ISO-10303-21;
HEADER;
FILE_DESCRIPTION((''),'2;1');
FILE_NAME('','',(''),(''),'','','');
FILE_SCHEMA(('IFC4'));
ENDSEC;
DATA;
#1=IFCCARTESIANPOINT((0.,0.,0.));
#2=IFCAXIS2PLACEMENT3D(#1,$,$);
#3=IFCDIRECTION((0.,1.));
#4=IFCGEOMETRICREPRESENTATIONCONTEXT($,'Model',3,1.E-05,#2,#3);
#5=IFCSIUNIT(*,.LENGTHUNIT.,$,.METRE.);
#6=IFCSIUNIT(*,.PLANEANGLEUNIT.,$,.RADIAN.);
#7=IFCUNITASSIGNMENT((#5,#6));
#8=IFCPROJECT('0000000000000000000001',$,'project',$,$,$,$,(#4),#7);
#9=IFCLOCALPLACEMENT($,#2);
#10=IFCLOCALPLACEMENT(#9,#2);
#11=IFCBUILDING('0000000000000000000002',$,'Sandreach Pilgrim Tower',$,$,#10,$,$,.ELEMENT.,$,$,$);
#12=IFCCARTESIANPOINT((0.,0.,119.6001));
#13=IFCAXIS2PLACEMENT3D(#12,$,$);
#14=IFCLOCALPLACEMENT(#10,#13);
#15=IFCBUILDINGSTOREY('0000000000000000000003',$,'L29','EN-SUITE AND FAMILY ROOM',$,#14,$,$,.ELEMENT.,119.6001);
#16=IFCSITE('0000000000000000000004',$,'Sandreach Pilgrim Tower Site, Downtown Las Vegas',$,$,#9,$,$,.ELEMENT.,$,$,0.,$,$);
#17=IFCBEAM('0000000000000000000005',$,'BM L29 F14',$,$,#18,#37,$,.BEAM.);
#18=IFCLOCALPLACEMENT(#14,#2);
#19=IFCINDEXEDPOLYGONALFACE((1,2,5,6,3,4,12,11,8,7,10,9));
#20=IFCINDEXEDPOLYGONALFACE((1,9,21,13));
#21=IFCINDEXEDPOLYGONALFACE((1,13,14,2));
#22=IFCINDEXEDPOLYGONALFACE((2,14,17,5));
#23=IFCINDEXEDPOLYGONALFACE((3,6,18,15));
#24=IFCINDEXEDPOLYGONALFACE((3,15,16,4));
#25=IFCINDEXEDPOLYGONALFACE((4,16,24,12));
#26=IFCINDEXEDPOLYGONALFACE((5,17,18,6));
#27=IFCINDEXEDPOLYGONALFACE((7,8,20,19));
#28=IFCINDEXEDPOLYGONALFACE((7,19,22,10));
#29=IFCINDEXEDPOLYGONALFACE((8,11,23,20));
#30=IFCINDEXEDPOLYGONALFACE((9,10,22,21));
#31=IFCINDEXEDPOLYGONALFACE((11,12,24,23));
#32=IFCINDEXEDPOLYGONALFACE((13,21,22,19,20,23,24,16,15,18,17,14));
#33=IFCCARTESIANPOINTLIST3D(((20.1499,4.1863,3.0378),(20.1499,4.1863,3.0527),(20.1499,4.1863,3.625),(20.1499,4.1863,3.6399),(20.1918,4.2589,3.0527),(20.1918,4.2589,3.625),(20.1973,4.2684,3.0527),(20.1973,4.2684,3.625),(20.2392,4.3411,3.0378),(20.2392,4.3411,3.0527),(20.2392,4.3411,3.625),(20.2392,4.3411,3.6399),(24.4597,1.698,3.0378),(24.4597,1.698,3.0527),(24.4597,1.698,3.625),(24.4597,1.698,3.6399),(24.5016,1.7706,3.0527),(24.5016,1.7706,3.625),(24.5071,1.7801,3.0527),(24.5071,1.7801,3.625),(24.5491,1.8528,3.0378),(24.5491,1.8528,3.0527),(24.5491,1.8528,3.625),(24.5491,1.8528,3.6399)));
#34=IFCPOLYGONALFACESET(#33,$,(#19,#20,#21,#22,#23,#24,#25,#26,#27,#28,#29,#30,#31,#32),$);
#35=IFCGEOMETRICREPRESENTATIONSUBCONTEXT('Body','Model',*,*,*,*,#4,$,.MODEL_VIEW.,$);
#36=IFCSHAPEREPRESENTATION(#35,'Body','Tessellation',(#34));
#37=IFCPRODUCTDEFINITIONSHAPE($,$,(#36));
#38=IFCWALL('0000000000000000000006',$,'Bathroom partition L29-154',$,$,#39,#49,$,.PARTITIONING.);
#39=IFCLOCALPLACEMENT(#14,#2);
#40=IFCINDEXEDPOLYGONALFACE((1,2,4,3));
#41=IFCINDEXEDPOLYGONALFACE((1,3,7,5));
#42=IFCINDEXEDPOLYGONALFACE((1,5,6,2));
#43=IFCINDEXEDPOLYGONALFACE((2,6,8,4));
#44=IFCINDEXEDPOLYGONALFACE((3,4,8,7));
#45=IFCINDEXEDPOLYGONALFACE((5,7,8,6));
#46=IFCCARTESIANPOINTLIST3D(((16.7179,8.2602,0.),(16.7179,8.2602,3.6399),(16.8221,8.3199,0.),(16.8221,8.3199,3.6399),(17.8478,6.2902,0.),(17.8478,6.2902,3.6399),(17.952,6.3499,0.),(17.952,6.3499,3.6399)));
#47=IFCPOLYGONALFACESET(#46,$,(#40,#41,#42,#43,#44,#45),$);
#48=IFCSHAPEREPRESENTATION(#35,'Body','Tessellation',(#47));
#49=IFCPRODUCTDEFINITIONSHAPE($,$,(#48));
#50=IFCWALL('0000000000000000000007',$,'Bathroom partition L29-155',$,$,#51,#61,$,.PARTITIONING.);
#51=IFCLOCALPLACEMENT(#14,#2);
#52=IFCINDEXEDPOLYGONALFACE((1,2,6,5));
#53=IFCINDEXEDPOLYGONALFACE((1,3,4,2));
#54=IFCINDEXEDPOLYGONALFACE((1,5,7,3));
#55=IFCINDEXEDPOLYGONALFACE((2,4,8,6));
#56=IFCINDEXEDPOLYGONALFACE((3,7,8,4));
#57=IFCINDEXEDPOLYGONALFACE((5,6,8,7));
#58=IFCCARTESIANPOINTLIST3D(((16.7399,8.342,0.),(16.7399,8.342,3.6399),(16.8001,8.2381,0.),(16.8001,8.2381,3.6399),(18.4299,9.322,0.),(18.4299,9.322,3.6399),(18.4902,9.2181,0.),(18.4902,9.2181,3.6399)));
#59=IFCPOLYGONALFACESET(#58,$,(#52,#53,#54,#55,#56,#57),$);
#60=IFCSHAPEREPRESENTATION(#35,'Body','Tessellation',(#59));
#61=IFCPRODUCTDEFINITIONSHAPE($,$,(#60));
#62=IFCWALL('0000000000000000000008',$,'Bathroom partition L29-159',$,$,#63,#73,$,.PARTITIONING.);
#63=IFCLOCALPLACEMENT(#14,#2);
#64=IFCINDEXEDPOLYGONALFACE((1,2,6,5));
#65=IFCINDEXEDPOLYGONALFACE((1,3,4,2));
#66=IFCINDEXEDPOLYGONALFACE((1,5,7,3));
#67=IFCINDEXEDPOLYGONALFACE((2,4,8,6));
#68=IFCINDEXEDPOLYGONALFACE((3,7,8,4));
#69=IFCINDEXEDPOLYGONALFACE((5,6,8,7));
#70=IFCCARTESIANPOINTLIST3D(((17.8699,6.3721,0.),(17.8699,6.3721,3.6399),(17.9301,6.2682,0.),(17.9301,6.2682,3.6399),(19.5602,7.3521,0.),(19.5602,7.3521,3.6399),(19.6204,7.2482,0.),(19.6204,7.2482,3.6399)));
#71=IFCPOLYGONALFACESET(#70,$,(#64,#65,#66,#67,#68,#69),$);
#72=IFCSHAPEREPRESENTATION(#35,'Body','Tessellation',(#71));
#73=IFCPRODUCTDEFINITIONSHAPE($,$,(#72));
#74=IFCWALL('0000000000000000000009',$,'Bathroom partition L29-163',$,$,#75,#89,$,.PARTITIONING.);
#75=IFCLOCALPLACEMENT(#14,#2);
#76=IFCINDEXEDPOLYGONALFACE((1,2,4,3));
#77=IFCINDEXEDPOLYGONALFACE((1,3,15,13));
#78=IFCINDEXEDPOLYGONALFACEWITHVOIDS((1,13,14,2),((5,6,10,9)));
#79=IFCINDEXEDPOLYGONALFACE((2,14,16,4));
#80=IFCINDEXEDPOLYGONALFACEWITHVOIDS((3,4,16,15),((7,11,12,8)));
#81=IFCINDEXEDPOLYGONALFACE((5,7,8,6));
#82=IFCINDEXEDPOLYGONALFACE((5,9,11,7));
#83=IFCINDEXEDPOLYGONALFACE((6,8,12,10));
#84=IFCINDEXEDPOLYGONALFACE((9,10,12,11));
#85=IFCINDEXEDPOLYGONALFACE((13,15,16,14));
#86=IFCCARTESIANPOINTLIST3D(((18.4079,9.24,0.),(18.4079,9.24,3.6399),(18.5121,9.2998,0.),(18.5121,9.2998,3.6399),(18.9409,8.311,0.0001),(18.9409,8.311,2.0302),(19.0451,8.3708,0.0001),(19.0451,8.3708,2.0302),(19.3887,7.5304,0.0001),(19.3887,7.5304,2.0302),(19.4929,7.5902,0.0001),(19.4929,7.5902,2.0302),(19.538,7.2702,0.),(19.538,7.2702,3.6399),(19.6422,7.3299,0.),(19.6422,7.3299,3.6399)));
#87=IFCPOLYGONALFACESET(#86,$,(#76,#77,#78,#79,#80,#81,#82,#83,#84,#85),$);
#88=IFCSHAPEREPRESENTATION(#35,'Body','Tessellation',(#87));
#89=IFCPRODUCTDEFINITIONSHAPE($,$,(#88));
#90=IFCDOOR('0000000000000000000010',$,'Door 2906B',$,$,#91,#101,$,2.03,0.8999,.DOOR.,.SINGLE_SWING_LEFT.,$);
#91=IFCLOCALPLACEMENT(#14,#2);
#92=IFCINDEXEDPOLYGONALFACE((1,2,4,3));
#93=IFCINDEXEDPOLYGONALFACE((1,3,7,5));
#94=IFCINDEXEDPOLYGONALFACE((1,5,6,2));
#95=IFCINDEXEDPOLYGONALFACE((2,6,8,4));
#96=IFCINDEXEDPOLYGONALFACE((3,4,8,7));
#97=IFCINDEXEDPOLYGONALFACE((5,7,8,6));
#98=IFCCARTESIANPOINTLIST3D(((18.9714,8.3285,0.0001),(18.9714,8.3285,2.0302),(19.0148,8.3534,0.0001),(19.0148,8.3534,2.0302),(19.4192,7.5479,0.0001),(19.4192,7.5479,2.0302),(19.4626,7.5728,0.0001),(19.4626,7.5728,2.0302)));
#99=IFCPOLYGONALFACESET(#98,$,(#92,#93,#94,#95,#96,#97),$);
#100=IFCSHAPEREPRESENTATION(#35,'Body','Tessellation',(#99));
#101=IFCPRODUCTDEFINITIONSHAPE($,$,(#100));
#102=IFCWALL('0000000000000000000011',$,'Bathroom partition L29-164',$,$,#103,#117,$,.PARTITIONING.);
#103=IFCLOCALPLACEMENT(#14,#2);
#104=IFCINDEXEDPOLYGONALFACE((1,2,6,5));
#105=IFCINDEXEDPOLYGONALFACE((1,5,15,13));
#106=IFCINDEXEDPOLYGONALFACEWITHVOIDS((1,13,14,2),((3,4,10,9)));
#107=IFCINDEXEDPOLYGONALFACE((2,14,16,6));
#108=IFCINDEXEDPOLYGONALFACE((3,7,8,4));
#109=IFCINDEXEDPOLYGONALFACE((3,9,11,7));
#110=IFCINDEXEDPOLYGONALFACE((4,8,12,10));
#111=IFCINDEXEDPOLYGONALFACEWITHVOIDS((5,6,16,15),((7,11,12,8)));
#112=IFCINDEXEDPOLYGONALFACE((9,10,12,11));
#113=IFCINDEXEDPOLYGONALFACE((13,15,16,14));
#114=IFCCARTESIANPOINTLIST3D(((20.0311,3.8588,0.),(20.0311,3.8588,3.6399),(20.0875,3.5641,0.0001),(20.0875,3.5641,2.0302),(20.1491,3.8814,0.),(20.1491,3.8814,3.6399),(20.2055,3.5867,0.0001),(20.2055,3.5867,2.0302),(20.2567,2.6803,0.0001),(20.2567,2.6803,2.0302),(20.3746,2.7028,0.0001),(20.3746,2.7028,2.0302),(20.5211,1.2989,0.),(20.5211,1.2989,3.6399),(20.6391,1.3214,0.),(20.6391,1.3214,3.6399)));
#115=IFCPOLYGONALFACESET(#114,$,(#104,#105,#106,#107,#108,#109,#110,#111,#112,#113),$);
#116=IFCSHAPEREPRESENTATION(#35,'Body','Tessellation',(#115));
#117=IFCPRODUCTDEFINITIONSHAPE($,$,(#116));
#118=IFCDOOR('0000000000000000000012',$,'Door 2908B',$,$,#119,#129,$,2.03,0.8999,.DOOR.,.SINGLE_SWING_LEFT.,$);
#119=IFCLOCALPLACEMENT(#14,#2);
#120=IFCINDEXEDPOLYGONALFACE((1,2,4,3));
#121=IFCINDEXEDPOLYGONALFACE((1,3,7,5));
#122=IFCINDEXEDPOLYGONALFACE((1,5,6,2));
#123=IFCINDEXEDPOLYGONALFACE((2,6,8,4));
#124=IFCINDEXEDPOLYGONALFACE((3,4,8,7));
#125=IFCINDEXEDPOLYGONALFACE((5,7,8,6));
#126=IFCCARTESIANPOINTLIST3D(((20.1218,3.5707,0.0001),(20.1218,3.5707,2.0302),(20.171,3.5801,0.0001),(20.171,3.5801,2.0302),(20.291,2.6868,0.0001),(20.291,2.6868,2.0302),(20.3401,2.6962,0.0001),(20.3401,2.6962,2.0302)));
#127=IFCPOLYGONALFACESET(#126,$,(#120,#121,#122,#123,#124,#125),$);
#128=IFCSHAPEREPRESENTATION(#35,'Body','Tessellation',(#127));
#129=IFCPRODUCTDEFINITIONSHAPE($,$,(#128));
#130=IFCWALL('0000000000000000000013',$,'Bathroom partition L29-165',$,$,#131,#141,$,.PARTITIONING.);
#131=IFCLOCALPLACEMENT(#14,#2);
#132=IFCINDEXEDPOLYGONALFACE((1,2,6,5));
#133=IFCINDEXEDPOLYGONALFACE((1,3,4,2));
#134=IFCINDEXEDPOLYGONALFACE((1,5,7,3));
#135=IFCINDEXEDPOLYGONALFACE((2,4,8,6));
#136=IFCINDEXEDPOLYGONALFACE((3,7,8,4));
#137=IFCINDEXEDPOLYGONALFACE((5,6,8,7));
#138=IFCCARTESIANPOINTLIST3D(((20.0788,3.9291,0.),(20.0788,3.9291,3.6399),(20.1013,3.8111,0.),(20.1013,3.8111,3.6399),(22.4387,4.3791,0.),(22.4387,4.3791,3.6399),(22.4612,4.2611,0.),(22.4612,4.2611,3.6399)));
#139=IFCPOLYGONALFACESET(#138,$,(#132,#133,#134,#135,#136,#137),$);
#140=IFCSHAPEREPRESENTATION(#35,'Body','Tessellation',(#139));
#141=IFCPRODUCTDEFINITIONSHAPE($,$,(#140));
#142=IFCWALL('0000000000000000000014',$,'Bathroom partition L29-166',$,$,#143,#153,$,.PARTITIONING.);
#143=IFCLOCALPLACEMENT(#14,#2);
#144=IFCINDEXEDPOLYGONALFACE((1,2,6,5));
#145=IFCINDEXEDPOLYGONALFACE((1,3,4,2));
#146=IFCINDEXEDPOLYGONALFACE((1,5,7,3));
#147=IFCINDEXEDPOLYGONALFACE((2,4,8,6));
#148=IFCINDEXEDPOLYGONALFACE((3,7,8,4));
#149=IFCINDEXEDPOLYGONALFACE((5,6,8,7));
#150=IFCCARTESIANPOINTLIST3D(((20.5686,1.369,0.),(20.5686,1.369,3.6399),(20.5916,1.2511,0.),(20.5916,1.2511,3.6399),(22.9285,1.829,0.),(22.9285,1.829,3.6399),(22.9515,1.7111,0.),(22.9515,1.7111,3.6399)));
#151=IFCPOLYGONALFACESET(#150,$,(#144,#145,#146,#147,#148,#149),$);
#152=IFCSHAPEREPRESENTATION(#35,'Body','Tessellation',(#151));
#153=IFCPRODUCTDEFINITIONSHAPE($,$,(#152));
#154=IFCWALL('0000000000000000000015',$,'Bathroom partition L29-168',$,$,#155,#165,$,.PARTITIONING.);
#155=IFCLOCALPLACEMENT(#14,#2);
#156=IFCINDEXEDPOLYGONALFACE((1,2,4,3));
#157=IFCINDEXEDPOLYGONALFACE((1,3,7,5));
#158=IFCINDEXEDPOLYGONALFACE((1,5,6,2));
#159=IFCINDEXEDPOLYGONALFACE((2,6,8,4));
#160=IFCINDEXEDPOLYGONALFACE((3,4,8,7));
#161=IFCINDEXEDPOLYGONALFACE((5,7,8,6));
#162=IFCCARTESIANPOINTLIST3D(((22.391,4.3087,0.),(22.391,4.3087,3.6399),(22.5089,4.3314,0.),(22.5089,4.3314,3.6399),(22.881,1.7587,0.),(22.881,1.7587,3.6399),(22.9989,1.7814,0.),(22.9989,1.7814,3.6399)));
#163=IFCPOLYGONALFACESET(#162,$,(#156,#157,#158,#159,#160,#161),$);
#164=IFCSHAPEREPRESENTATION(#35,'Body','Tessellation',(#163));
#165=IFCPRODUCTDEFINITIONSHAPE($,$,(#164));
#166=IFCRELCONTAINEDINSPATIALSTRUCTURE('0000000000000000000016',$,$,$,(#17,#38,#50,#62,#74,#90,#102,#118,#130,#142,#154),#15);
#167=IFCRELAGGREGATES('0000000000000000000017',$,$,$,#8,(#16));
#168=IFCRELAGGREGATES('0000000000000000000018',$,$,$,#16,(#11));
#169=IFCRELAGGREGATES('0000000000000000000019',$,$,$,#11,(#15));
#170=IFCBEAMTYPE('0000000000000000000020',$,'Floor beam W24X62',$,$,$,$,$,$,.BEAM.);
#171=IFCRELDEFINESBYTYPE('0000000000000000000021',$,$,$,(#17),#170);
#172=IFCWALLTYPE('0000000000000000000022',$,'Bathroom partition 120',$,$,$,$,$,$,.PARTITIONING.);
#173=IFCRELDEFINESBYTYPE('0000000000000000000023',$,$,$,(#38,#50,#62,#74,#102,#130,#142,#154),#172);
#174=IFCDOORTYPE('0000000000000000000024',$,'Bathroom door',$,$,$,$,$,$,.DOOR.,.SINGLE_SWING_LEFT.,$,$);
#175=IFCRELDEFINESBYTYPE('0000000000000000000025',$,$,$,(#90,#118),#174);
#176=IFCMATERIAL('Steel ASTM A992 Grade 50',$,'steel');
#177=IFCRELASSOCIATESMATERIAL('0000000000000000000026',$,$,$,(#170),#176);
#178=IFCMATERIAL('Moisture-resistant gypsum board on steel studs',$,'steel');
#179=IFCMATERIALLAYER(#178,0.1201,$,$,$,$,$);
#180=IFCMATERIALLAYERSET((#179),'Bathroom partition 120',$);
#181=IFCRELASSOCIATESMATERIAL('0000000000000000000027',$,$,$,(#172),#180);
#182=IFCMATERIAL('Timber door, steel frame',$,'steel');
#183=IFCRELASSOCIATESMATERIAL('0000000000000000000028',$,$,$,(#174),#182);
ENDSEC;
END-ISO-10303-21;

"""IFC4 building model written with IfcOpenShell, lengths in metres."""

from ifc_helpers import new_model, si_unit, direction, frame, frame_2d, origin, origin_2d, place, context, subcontext, project, spatial, rectangle, i_section, extrude, material, layer, layer_set, material_profile, profile_set, type_object, element, fill, save


model = new_model("IFC4")

# Units and contexts
model_context = context("Model", 3, precision=1e-05, world=origin(), true_north=direction((0.0, 1.0)))
body_context = subcontext(model_context, "Body", "Model", "MODEL_VIEW")
ifc_project = project(units=[si_unit("LENGTHUNIT", "METRE"), si_unit("PLANEANGLEUNIT", "RADIAN")], contexts=[model_context])

# Site, building, storey
site_placement = place(None, origin())
site = spatial("IfcSite", under=ifc_project, at=site_placement, Name="Sandreach Pilgrim Tower Site, Downtown Las Vegas", CompositionType="ELEMENT", RefElevation=0.0)
building_placement = place(site_placement, origin())
building = spatial("IfcBuilding", under=site, at=building_placement, Name="Sandreach Pilgrim Tower", CompositionType="ELEMENT")
storey_placement = place(building_placement, frame((0.0, 0.0, 119.6001)))
storey = spatial("IfcBuildingStorey", under=building, at=storey_placement, Name="L29", Description="EN-SUITE AND FAMILY ROOM", CompositionType="ELEMENT", Elevation=119.6001)

# Beam
ifc_material_1 = material(Name="Steel ASTM A992 Grade 50", Category="steel")
ifc_material_profile = material_profile(ifc_material_1, i_section(OverallWidth=0.1787, OverallDepth=0.6021, WebThickness=0.011, FlangeThickness=0.0149, at=origin_2d()), Name="W24X62")
ifc_profile_set = profile_set([ifc_material_profile], Name="Steel ASTM A992 Grade 50")
beam_type = type_object("IfcBeamType", Name="Floor beam W24X62", PredefinedType="BEAM", material=ifc_profile_set)
beam_placement = place(storey_placement, frame((24.5044, 1.7754, 3.3389), z_axis=(-0.866025, 0.500001, 0.0), x_axis=(-0.500001, -0.866025, 0.0)))
element("IfcBeam", 1, at=beam_placement, inside=storey, type_object=beam_type, Name="BM L29 F14", PredefinedType="BEAM", context=body_context, shape_type="SweptSolid", body=[
    extrude(i_section(OverallWidth=0.1787, OverallDepth=0.6021, WebThickness=0.011, FlangeThickness=0.0149, at=origin_2d()), origin(), (0.0, 0.0, 1.0), 4.9766),
])

# Walls
ifc_material_2 = material(Name="Moisture-resistant gypsum board on steel studs", Category="steel")
ifc_layer_1 = layer(ifc_material_2, 0.1201)
ifc_layer_set_1 = layer_set([ifc_layer_1], Name="Bathroom partition 120")
wall_type_1 = type_object("IfcWallType", Name="Bathroom partition 120", PredefinedType="PARTITIONING", material=ifc_layer_set_1)
wall_1_placement = place(storey_placement, frame((16.77, 8.29, 0.0), z_axis=(0.0, 0.0, 1.0), x_axis=(0.497528, -0.867448, 0.0)))
element("IfcWall", 2, at=wall_1_placement, inside=storey, type_object=wall_type_1, Name="Bathroom partition L29-154", PredefinedType="PARTITIONING", context=body_context, shape_type="SweptSolid", body=[
    extrude(rectangle(XDim=2.271, YDim=0.1201, at=frame_2d((1.1355, 0.0))), origin(), (0.0, 0.0, 1.0), 3.6399),
])
wall_2_placement = place(storey_placement, frame((16.77, 8.29, 0.0), z_axis=(0.0, 0.0, 1.0), x_axis=(0.865072, 0.501647, 0.0)))
element("IfcWall", 3, at=wall_2_placement, inside=storey, type_object=wall_type_1, Name="Bathroom partition L29-155", PredefinedType="PARTITIONING", context=body_context, shape_type="SweptSolid", body=[
    extrude(rectangle(XDim=1.9536, YDim=0.1201, at=frame_2d((0.9768, 0.0))), origin(), (0.0, 0.0, 1.0), 3.6399),
])
wall_3_placement = place(storey_placement, frame((17.8999, 6.3201, 0.0), z_axis=(0.0, 0.0, 1.0), x_axis=(0.865104, 0.501593, 0.0)))
element("IfcWall", 4, at=wall_3_placement, inside=storey, type_object=wall_type_1, Name="Bathroom partition L29-159", PredefinedType="PARTITIONING", context=body_context, shape_type="SweptSolid", body=[
    extrude(rectangle(XDim=1.9539, YDim=0.1201, at=frame_2d((0.9771, 0.0))), origin(), (0.0, 0.0, 1.0), 3.6399),
])

# Walls, openings, doors
wall_4_placement = place(storey_placement, frame((19.5901, 7.3, 0.0), z_axis=(0.0, 0.0, 1.0), x_axis=(-0.497608, 0.867402, 0.0)))
wall_4 = element("IfcWall", 5, at=wall_4_placement, inside=storey, type_object=wall_type_1, Name="Bathroom partition L29-163", PredefinedType="PARTITIONING", context=body_context, shape_type="SweptSolid", body=[
    extrude(rectangle(XDim=2.271, YDim=0.1201, at=frame_2d((1.1355, 0.0))), origin(), (0.0, 0.0, 1.0), 3.6399),
])
opening_1_placement = place(wall_4_placement, frame((0.3, 0.0, 0.0)))
opening_1 = element("IfcOpeningElement", 6, at=opening_1_placement, cuts=wall_4, PredefinedType="OPENING", context=body_context, shape_type="SweptSolid", body=[
    extrude(rectangle(XDim=0.8999, YDim=2.03, at=frame_2d((0.45, 1.0151))), frame((0.0, 0.0601, 0.0), z_axis=(0.0, -1.0, 0.0), x_axis=(1.0, 0.0, 0.0)), (0.0, 0.0, 1.0), 0.1201),
])
ifc_material_3 = material(Name="Timber door, steel frame", Category="steel")
door_type_1 = type_object("IfcDoorType", Name="Bathroom door", OperationType="SINGLE_SWING_LEFT", PredefinedType="DOOR", material=ifc_material_3)
door_1_placement = place(opening_1_placement, origin())
door_1 = element("IfcDoor", 7, at=door_1_placement, inside=storey, type_object=door_type_1, Name="Door 2906B", OperationType="SINGLE_SWING_LEFT", OverallHeight=2.03, OverallWidth=0.8999, PredefinedType="DOOR", context=body_context, shape_type="SweptSolid", body=[
    extrude(rectangle(XDim=0.8999, YDim=2.03, at=frame_2d((0.45, 1.0151))), frame((0.0, 0.0249, 0.0), z_axis=(0.0, -1.0, 0.0), x_axis=(1.0, 0.0, 0.0)), (0.0, 0.0, 1.0), 0.05),
])
fill(opening_1, door_1)
wall_5_placement = place(storey_placement, frame((20.0901, 3.8701, 0.0), z_axis=(0.0, 0.0, 1.0), x_axis=(0.187986, -0.982172, 0.0)))
wall_5 = element("IfcWall", 8, at=wall_5_placement, inside=storey, type_object=wall_type_1, Name="Bathroom partition L29-164", PredefinedType="PARTITIONING", context=body_context, shape_type="SweptSolid", body=[
    extrude(rectangle(XDim=2.6064, YDim=0.1201, at=frame_2d((1.3032, 0.0))), origin(), (0.0, 0.0, 1.0), 3.6399),
])
opening_2_placement = place(wall_5_placement, frame((0.3, 0.0, 0.0)))
opening_2 = element("IfcOpeningElement", 9, at=opening_2_placement, cuts=wall_5, PredefinedType="OPENING", context=body_context, shape_type="SweptSolid", body=[
    extrude(rectangle(XDim=0.8999, YDim=2.03, at=frame_2d((0.45, 1.0151))), frame((0.0, 0.0601, 0.0), z_axis=(0.0, -1.0, 0.0), x_axis=(1.0, 0.0, 0.0)), (0.0, 0.0, 1.0), 0.1201),
])
door_2_placement = place(opening_2_placement, origin())
door_2 = element("IfcDoor", 10, at=door_2_placement, inside=storey, type_object=door_type_1, Name="Door 2908B", OperationType="SINGLE_SWING_LEFT", OverallHeight=2.03, OverallWidth=0.8999, PredefinedType="DOOR", context=body_context, shape_type="SweptSolid", body=[
    extrude(rectangle(XDim=0.8999, YDim=2.03, at=frame_2d((0.45, 1.0151))), frame((0.0, 0.0249, 0.0), z_axis=(0.0, -1.0, 0.0), x_axis=(1.0, 0.0, 0.0)), (0.0, 0.0, 1.0), 0.05),
])
fill(opening_2, door_2)

# Walls
wall_6_placement = place(storey_placement, frame((20.0901, 3.8701, 0.0), z_axis=(0.0, 0.0, 1.0), x_axis=(0.982304, 0.187294, 0.0)))
element("IfcWall", 11, at=wall_6_placement, inside=storey, type_object=wall_type_1, Name="Bathroom partition L29-165", PredefinedType="PARTITIONING", context=body_context, shape_type="SweptSolid", body=[
    extrude(rectangle(XDim=2.4023, YDim=0.1201, at=frame_2d((1.2012, 0.0))), origin(), (0.0, 0.0, 1.0), 3.6399),
])
wall_7_placement = place(storey_placement, frame((20.5801, 1.3101, 0.0), z_axis=(0.0, 0.0, 1.0), x_axis=(0.98153, 0.19131, 0.0)))
element("IfcWall", 12, at=wall_7_placement, inside=storey, type_object=wall_type_1, Name="Bathroom partition L29-166", PredefinedType="PARTITIONING", context=body_context, shape_type="SweptSolid", body=[
    extrude(rectangle(XDim=2.4043, YDim=0.1201, at=frame_2d((1.2021, 0.0))), origin(), (0.0, 0.0, 1.0), 3.6399),
])
wall_8_placement = place(storey_placement, frame((22.9399, 1.77, 0.0), z_axis=(0.0, 0.0, 1.0), x_axis=(-0.188697, 0.982035, 0.0)))
element("IfcWall", 13, at=wall_8_placement, inside=storey, type_object=wall_type_1, Name="Bathroom partition L29-168", PredefinedType="PARTITIONING", context=body_context, shape_type="SweptSolid", body=[
    extrude(rectangle(XDim=2.5967, YDim=0.1201, at=frame_2d((1.2983, 0.0))), origin(), (0.0, 0.0, 1.0), 3.6399),
])

save(model, "model.ifc")
